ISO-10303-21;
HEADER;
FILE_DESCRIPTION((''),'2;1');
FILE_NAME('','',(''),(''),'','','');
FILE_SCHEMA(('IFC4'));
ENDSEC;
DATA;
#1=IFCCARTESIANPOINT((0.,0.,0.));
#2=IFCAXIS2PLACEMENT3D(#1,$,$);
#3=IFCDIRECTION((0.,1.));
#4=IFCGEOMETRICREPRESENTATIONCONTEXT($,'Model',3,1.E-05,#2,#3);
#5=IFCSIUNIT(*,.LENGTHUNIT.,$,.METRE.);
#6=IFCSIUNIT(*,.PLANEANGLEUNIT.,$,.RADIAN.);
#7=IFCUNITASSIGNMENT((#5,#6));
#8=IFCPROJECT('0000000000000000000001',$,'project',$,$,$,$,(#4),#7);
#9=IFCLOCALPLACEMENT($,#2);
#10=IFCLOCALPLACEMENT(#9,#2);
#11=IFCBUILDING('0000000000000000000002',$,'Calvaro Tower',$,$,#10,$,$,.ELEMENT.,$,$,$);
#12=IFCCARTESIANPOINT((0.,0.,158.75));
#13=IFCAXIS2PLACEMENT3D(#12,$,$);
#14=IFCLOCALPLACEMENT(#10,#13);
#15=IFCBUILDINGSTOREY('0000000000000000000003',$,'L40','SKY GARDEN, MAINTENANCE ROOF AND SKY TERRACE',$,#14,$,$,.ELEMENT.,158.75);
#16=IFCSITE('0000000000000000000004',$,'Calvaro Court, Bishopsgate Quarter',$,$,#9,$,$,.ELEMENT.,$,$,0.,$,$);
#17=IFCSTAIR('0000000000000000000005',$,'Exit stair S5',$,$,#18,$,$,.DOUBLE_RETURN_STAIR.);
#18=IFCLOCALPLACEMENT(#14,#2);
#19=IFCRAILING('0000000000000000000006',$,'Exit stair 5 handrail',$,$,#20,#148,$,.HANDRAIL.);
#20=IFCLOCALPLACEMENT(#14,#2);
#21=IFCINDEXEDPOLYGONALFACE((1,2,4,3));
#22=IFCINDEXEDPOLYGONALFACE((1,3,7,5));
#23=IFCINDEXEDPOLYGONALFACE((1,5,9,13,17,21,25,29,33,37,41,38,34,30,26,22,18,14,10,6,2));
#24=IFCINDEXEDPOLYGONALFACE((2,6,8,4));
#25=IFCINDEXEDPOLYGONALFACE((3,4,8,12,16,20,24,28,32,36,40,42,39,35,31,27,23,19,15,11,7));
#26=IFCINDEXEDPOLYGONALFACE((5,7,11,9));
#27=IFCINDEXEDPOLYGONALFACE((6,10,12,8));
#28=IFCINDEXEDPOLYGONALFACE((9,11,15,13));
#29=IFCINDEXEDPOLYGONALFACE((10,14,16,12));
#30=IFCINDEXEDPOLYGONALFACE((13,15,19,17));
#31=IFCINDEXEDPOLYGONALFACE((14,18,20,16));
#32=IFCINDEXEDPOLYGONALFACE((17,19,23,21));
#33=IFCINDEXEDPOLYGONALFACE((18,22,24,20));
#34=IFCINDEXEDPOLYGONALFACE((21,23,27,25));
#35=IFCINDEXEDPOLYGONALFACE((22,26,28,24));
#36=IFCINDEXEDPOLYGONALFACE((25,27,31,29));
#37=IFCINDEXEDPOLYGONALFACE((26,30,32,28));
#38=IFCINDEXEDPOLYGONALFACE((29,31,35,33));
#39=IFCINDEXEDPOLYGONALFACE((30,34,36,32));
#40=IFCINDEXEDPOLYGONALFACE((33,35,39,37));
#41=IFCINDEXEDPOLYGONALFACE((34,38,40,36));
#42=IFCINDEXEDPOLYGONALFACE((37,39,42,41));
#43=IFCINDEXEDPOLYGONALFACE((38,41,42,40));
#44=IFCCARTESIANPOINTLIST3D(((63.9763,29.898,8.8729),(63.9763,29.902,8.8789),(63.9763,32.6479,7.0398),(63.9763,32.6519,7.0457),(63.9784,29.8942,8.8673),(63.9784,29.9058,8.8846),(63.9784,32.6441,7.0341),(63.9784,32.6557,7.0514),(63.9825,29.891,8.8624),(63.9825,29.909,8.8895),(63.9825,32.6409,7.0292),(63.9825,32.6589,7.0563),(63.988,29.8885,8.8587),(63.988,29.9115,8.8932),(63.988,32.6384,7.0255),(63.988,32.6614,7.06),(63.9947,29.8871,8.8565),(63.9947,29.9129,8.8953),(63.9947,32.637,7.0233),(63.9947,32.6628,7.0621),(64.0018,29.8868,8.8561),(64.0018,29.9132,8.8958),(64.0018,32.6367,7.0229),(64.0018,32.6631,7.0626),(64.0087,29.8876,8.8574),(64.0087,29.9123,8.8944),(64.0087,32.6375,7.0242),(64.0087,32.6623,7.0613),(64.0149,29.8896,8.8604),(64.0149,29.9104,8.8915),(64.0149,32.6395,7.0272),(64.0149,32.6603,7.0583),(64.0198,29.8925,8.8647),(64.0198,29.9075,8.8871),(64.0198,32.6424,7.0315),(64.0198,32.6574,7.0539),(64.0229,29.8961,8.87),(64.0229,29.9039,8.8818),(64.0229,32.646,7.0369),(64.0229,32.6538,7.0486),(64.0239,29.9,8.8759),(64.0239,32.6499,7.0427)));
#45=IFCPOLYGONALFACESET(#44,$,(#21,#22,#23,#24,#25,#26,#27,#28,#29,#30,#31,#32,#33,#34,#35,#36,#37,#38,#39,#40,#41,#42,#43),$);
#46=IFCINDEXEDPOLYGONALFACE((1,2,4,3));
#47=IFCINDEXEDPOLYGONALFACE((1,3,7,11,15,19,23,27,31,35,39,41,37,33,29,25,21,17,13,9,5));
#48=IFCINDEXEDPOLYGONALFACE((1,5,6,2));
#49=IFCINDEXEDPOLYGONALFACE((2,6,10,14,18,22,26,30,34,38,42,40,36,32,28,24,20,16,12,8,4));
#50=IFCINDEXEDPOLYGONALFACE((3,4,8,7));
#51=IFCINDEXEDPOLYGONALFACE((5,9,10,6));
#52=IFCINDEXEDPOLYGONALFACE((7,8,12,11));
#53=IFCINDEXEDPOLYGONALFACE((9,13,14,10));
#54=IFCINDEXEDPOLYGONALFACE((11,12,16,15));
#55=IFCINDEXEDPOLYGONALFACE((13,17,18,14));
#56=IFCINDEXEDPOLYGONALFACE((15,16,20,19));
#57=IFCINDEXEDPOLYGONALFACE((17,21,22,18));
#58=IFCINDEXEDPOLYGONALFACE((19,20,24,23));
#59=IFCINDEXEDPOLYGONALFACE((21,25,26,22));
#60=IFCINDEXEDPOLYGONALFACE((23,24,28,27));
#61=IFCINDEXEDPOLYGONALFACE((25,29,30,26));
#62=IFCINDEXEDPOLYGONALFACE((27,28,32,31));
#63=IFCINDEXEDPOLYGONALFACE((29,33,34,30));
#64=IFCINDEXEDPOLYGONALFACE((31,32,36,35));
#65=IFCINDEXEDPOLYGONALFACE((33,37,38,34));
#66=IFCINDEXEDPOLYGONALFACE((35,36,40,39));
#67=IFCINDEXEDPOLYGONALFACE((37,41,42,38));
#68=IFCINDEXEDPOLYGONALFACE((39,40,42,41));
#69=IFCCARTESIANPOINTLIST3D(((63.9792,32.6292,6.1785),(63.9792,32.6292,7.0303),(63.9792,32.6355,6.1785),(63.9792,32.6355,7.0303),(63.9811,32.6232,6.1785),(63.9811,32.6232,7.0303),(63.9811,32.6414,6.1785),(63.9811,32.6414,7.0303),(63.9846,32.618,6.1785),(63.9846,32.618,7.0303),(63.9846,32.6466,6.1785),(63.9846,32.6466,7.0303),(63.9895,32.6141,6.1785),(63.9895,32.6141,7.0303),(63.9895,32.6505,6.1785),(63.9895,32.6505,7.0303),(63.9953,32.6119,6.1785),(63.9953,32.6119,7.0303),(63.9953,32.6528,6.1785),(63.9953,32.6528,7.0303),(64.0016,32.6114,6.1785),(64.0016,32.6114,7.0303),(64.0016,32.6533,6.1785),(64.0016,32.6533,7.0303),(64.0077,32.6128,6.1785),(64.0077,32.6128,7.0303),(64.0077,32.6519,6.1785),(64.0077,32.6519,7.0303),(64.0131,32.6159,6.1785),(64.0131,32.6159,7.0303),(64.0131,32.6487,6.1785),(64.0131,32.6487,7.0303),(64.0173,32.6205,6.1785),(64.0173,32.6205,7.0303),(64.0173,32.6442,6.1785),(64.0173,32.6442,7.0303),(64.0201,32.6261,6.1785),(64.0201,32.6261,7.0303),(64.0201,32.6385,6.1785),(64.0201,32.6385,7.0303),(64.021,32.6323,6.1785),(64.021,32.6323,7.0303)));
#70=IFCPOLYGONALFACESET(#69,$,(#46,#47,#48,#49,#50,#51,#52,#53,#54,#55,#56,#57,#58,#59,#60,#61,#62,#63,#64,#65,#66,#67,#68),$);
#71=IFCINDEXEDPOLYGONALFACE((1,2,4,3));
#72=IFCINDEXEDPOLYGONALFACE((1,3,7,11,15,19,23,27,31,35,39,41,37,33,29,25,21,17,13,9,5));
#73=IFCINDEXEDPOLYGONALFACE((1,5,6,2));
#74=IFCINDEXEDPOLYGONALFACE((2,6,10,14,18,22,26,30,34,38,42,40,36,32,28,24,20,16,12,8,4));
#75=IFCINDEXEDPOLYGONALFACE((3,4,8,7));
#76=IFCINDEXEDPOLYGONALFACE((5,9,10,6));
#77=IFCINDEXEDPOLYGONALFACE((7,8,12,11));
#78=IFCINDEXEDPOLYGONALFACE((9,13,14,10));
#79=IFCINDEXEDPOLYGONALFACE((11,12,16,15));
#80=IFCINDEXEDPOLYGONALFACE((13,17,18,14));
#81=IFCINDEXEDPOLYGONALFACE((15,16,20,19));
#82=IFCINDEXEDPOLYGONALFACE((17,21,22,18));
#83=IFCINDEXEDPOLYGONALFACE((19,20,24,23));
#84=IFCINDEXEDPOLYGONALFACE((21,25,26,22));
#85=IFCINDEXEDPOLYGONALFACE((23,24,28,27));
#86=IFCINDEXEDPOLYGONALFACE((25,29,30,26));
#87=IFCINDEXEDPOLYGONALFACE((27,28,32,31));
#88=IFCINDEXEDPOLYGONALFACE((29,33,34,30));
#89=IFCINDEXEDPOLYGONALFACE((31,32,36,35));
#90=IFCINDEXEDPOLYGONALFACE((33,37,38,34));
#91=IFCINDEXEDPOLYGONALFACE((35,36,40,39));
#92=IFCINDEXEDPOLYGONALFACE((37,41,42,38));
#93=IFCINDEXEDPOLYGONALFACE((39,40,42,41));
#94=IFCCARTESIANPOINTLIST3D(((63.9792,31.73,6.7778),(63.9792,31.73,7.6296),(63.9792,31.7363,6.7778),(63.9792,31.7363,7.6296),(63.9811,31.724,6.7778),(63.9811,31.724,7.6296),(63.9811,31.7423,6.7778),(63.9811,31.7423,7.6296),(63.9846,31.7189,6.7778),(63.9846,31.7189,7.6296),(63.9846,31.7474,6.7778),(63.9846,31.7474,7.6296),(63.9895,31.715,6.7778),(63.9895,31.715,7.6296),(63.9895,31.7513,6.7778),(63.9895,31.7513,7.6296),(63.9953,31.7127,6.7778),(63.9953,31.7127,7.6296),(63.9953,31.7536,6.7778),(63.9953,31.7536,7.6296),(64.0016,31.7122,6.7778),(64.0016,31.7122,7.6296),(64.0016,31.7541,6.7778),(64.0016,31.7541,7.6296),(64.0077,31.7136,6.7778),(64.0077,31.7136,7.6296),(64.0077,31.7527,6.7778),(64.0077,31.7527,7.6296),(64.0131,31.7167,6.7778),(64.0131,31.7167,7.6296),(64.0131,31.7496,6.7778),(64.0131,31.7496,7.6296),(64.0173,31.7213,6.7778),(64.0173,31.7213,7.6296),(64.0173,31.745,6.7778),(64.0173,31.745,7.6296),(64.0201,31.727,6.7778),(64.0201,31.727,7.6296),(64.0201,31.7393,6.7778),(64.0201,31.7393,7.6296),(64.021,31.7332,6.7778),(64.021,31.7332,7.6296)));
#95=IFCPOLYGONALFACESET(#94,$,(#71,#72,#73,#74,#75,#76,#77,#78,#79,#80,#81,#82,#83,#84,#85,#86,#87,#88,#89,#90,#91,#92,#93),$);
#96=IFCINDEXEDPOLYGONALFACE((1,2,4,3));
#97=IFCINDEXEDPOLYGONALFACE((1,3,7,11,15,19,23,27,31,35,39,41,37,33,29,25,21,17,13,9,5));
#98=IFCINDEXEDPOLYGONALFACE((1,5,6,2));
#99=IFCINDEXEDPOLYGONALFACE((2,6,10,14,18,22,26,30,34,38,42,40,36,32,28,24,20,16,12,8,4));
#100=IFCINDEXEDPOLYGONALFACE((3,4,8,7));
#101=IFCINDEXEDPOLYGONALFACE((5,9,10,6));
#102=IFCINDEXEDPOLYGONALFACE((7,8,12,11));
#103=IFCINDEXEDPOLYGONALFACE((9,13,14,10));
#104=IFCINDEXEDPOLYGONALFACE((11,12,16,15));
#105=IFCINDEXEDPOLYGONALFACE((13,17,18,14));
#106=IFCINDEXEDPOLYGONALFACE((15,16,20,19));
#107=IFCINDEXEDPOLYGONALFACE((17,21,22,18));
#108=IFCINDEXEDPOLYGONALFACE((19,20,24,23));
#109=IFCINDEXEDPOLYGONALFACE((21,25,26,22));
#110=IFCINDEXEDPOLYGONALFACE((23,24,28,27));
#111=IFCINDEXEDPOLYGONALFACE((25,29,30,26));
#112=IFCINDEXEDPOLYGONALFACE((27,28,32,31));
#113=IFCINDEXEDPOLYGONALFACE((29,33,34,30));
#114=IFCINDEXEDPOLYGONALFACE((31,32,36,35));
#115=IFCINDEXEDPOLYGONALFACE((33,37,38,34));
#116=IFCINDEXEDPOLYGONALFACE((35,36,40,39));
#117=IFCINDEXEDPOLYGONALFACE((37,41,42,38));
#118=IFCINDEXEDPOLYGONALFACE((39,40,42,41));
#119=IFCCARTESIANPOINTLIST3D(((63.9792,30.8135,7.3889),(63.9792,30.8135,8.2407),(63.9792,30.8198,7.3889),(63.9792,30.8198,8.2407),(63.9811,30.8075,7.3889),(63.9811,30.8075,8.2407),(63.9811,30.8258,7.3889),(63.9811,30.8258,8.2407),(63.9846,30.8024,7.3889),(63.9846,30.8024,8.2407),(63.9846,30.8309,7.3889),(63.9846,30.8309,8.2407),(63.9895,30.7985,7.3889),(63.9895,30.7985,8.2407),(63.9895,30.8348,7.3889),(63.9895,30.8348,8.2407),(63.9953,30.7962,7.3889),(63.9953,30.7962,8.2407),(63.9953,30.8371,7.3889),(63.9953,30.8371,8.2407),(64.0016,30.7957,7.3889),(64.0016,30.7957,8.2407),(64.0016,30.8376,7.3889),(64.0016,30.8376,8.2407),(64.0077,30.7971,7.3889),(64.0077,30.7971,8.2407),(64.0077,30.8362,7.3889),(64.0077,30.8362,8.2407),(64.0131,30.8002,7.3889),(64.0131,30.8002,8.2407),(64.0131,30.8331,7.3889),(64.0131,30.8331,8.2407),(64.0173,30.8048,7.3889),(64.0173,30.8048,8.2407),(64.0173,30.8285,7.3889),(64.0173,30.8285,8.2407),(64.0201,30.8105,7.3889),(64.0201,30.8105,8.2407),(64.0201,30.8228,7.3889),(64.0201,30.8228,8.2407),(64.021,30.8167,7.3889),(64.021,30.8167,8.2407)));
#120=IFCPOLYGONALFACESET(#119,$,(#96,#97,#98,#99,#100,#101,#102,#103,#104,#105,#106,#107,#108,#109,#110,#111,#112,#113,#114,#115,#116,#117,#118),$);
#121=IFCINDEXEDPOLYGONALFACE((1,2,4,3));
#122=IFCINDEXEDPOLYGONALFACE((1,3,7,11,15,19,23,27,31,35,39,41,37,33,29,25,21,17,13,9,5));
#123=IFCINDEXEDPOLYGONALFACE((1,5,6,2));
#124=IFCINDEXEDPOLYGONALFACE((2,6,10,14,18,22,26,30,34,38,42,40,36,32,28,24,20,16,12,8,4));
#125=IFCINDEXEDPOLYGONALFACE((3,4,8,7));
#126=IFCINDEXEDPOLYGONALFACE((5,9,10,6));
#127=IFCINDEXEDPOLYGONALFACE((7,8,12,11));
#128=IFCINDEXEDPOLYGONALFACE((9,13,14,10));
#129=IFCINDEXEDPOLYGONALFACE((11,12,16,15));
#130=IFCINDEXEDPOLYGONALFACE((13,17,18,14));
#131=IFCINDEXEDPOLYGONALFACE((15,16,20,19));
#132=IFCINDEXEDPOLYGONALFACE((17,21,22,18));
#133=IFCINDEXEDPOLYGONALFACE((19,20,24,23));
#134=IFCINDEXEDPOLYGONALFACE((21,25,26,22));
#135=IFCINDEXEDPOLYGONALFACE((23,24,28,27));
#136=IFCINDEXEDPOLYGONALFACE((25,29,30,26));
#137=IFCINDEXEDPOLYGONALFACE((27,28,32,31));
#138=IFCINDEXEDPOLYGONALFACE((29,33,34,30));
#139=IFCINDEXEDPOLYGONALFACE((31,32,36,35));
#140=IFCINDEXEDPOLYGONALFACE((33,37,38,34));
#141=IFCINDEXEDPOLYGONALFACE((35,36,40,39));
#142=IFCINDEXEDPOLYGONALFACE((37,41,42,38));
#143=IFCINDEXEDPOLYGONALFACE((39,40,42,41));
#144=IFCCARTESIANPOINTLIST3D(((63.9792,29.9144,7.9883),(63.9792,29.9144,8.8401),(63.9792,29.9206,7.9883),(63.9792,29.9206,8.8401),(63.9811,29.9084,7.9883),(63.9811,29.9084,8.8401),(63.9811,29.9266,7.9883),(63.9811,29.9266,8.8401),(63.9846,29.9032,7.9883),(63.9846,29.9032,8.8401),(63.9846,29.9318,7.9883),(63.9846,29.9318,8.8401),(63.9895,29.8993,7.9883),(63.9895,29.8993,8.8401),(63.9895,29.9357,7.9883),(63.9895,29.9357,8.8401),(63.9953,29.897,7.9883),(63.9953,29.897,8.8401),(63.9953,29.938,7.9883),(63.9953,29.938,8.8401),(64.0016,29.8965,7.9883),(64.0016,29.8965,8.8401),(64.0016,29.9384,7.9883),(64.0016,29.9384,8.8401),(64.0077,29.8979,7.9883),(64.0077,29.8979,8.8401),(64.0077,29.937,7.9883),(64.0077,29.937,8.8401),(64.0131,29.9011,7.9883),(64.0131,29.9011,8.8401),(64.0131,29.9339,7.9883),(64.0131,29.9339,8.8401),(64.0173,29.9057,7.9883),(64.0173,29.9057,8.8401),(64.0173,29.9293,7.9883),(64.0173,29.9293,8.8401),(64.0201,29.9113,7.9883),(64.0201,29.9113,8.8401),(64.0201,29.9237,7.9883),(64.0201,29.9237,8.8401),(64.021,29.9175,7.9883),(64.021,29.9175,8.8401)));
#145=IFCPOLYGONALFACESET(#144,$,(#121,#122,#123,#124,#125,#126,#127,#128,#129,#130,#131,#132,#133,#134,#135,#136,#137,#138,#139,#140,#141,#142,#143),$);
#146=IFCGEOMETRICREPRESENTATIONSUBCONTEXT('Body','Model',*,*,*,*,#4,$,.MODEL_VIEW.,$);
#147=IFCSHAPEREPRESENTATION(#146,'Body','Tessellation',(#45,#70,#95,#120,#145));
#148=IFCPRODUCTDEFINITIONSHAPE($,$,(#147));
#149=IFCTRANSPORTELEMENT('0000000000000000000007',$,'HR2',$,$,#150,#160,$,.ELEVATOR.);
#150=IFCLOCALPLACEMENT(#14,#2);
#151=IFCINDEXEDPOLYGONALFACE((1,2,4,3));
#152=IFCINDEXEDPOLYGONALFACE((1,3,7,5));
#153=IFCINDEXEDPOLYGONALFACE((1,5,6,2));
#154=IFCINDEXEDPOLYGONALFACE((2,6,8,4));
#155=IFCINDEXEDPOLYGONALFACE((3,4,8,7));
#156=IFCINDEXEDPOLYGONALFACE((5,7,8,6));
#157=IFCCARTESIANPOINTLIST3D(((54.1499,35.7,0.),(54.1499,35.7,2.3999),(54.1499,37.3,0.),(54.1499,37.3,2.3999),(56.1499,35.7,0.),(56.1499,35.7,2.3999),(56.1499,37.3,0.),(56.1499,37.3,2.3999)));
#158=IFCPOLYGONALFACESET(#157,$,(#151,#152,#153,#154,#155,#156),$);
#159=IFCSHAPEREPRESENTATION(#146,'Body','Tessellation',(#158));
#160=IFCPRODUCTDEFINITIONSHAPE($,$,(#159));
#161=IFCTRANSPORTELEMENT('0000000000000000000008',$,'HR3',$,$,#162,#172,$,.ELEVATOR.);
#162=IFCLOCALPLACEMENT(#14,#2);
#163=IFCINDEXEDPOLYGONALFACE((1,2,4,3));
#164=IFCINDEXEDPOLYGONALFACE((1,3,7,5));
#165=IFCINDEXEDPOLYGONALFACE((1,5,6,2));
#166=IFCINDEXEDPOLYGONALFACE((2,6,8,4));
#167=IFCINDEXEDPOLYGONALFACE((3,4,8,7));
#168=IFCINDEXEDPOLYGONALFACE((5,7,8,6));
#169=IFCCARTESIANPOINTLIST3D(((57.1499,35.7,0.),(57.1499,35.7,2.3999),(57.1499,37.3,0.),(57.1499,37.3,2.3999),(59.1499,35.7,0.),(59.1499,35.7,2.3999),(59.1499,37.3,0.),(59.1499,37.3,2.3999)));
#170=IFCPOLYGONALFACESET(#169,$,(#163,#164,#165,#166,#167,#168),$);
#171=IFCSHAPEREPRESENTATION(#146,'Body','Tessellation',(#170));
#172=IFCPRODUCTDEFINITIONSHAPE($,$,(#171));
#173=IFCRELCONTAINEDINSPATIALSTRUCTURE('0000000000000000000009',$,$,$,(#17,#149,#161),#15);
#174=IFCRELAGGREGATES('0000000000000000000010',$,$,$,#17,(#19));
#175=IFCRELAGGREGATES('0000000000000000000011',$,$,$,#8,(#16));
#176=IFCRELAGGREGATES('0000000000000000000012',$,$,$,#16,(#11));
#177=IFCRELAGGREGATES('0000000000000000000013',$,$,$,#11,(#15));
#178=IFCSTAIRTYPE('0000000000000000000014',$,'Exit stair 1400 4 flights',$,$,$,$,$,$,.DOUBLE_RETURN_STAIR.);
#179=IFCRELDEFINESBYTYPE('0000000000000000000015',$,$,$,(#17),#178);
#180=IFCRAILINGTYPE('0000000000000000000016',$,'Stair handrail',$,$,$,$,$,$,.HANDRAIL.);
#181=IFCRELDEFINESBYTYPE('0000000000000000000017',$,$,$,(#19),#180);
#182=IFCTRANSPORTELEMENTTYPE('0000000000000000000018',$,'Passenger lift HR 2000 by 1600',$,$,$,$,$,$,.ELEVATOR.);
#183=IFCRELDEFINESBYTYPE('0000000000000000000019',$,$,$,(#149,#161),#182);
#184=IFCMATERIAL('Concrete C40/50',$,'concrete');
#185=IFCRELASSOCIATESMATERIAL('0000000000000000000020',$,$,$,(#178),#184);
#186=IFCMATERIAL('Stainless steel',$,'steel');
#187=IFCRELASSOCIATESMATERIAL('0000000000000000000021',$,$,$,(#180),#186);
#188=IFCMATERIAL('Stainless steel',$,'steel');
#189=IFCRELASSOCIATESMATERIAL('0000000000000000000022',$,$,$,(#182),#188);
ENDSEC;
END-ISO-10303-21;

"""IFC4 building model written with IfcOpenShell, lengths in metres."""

from ifc_helpers import new_model, si_unit, direction, frame, origin, origin_2d, place, context, subcontext, project, spatial, rectangle, circle, extrude, material, type_object, element, aggregate, save


model = new_model("IFC4")

# Units and contexts
model_context = context("Model", 3, precision=1e-05, world=origin(), true_north=direction((0.0, 1.0)))
body_context = subcontext(model_context, "Body", "Model", "MODEL_VIEW")
ifc_project = project(units=[si_unit("LENGTHUNIT", "METRE"), si_unit("PLANEANGLEUNIT", "RADIAN")], contexts=[model_context])

# Site, building, storey
site_placement = place(None, origin())
site = spatial("IfcSite", under=ifc_project, at=site_placement, Name="Calvaro Court, Bishopsgate Quarter", CompositionType="ELEMENT", RefElevation=0.0)
building_placement = place(site_placement, origin())
building = spatial("IfcBuilding", under=site, at=building_placement, Name="Calvaro Tower", CompositionType="ELEMENT")
storey_placement = place(building_placement, frame((0.0, 0.0, 158.75)))
storey = spatial("IfcBuildingStorey", under=building, at=storey_placement, Name="L40", Description="SKY GARDEN, MAINTENANCE ROOF AND SKY TERRACE", CompositionType="ELEMENT", Elevation=158.75)

# Stair, railing
ifc_material_1 = material(Name="Concrete C40/50", Category="concrete")
stair_type = type_object("IfcStairType", Name="Exit stair 1400 4 flights", PredefinedType="DOUBLE_RETURN_STAIR", material=ifc_material_1)
stair_placement = place(storey_placement, origin())
stair = element("IfcStair", 1, at=stair_placement, inside=storey, type_object=stair_type, Name="Exit stair S5", PredefinedType="DOUBLE_RETURN_STAIR")
ifc_material_2 = material(Name="Stainless steel", Category="steel")
railing_type_1 = type_object("IfcRailingType", Name="Stair handrail", PredefinedType="HANDRAIL", material=ifc_material_2)
railing_1_placement = place(storey_placement, frame((64.0, 32.6499, 6.1667)))
railing_1 = element("IfcRailing", 2, at=railing_1_placement, type_object=railing_type_1, Name="Exit stair 5 handrail", PredefinedType="HANDRAIL", context=body_context, shape_type="SweptSolid", body=[
    extrude(circle(Radius=0.0239, at=origin_2d()), frame((0.0, 0.0, 0.876), z_axis=(0.0, -0.832062, 0.554683), x_axis=(1.0, 0.0, 0.0)), (0.0, 0.0, 1.0), 3.3049),
    extrude(circle(Radius=0.021, at=origin_2d()), frame((0.0, -0.0176, 0.0117)), (0.0, 0.0, 1.0), 0.8518),
    extrude(circle(Radius=0.021, at=origin_2d()), frame((0.0, -0.9167, 0.6111)), (0.0, 0.0, 1.0), 0.8518),
    extrude(circle(Radius=0.021, at=origin_2d()), frame((0.0, -1.8333, 1.2222)), (0.0, 0.0, 1.0), 0.8518),
    extrude(circle(Radius=0.021, at=origin_2d()), frame((0.0, -2.7324, 1.8215)), (0.0, 0.0, 1.0), 0.8518),
])
aggregate(stair, [railing_1])

# Transport elements
ifc_material_3 = material(Name="Stainless steel", Category="steel")
transport_element_type = type_object("IfcTransportElementType", Name="Passenger lift HR 2000 by 1600", PredefinedType="ELEVATOR", material=ifc_material_3)
for number, where, z_axis, x_axis, name in (
    (3, (55.1499, 36.5, 0.0), (0.0, 0.0, 1.0), (1.0, 0.0, 0.0), "HR2"),
    (4, (58.1499, 36.5, 0.0), (0.0, 0.0, 1.0), (1.0, 0.0, 0.0), "HR3"),
):
    element("IfcTransportElement", number, at=place(storey_placement, frame(where, z_axis=z_axis, x_axis=x_axis)), inside=storey, type_object=transport_element_type, Name=name, PredefinedType="ELEVATOR", context=body_context, shape_type="SweptSolid", body=[
        extrude(rectangle(XDim=2.0, YDim=1.6001, at=origin_2d()), origin(), (0.0, 0.0, 1.0), 2.3999),
    ])

save(model, "model.ifc")
